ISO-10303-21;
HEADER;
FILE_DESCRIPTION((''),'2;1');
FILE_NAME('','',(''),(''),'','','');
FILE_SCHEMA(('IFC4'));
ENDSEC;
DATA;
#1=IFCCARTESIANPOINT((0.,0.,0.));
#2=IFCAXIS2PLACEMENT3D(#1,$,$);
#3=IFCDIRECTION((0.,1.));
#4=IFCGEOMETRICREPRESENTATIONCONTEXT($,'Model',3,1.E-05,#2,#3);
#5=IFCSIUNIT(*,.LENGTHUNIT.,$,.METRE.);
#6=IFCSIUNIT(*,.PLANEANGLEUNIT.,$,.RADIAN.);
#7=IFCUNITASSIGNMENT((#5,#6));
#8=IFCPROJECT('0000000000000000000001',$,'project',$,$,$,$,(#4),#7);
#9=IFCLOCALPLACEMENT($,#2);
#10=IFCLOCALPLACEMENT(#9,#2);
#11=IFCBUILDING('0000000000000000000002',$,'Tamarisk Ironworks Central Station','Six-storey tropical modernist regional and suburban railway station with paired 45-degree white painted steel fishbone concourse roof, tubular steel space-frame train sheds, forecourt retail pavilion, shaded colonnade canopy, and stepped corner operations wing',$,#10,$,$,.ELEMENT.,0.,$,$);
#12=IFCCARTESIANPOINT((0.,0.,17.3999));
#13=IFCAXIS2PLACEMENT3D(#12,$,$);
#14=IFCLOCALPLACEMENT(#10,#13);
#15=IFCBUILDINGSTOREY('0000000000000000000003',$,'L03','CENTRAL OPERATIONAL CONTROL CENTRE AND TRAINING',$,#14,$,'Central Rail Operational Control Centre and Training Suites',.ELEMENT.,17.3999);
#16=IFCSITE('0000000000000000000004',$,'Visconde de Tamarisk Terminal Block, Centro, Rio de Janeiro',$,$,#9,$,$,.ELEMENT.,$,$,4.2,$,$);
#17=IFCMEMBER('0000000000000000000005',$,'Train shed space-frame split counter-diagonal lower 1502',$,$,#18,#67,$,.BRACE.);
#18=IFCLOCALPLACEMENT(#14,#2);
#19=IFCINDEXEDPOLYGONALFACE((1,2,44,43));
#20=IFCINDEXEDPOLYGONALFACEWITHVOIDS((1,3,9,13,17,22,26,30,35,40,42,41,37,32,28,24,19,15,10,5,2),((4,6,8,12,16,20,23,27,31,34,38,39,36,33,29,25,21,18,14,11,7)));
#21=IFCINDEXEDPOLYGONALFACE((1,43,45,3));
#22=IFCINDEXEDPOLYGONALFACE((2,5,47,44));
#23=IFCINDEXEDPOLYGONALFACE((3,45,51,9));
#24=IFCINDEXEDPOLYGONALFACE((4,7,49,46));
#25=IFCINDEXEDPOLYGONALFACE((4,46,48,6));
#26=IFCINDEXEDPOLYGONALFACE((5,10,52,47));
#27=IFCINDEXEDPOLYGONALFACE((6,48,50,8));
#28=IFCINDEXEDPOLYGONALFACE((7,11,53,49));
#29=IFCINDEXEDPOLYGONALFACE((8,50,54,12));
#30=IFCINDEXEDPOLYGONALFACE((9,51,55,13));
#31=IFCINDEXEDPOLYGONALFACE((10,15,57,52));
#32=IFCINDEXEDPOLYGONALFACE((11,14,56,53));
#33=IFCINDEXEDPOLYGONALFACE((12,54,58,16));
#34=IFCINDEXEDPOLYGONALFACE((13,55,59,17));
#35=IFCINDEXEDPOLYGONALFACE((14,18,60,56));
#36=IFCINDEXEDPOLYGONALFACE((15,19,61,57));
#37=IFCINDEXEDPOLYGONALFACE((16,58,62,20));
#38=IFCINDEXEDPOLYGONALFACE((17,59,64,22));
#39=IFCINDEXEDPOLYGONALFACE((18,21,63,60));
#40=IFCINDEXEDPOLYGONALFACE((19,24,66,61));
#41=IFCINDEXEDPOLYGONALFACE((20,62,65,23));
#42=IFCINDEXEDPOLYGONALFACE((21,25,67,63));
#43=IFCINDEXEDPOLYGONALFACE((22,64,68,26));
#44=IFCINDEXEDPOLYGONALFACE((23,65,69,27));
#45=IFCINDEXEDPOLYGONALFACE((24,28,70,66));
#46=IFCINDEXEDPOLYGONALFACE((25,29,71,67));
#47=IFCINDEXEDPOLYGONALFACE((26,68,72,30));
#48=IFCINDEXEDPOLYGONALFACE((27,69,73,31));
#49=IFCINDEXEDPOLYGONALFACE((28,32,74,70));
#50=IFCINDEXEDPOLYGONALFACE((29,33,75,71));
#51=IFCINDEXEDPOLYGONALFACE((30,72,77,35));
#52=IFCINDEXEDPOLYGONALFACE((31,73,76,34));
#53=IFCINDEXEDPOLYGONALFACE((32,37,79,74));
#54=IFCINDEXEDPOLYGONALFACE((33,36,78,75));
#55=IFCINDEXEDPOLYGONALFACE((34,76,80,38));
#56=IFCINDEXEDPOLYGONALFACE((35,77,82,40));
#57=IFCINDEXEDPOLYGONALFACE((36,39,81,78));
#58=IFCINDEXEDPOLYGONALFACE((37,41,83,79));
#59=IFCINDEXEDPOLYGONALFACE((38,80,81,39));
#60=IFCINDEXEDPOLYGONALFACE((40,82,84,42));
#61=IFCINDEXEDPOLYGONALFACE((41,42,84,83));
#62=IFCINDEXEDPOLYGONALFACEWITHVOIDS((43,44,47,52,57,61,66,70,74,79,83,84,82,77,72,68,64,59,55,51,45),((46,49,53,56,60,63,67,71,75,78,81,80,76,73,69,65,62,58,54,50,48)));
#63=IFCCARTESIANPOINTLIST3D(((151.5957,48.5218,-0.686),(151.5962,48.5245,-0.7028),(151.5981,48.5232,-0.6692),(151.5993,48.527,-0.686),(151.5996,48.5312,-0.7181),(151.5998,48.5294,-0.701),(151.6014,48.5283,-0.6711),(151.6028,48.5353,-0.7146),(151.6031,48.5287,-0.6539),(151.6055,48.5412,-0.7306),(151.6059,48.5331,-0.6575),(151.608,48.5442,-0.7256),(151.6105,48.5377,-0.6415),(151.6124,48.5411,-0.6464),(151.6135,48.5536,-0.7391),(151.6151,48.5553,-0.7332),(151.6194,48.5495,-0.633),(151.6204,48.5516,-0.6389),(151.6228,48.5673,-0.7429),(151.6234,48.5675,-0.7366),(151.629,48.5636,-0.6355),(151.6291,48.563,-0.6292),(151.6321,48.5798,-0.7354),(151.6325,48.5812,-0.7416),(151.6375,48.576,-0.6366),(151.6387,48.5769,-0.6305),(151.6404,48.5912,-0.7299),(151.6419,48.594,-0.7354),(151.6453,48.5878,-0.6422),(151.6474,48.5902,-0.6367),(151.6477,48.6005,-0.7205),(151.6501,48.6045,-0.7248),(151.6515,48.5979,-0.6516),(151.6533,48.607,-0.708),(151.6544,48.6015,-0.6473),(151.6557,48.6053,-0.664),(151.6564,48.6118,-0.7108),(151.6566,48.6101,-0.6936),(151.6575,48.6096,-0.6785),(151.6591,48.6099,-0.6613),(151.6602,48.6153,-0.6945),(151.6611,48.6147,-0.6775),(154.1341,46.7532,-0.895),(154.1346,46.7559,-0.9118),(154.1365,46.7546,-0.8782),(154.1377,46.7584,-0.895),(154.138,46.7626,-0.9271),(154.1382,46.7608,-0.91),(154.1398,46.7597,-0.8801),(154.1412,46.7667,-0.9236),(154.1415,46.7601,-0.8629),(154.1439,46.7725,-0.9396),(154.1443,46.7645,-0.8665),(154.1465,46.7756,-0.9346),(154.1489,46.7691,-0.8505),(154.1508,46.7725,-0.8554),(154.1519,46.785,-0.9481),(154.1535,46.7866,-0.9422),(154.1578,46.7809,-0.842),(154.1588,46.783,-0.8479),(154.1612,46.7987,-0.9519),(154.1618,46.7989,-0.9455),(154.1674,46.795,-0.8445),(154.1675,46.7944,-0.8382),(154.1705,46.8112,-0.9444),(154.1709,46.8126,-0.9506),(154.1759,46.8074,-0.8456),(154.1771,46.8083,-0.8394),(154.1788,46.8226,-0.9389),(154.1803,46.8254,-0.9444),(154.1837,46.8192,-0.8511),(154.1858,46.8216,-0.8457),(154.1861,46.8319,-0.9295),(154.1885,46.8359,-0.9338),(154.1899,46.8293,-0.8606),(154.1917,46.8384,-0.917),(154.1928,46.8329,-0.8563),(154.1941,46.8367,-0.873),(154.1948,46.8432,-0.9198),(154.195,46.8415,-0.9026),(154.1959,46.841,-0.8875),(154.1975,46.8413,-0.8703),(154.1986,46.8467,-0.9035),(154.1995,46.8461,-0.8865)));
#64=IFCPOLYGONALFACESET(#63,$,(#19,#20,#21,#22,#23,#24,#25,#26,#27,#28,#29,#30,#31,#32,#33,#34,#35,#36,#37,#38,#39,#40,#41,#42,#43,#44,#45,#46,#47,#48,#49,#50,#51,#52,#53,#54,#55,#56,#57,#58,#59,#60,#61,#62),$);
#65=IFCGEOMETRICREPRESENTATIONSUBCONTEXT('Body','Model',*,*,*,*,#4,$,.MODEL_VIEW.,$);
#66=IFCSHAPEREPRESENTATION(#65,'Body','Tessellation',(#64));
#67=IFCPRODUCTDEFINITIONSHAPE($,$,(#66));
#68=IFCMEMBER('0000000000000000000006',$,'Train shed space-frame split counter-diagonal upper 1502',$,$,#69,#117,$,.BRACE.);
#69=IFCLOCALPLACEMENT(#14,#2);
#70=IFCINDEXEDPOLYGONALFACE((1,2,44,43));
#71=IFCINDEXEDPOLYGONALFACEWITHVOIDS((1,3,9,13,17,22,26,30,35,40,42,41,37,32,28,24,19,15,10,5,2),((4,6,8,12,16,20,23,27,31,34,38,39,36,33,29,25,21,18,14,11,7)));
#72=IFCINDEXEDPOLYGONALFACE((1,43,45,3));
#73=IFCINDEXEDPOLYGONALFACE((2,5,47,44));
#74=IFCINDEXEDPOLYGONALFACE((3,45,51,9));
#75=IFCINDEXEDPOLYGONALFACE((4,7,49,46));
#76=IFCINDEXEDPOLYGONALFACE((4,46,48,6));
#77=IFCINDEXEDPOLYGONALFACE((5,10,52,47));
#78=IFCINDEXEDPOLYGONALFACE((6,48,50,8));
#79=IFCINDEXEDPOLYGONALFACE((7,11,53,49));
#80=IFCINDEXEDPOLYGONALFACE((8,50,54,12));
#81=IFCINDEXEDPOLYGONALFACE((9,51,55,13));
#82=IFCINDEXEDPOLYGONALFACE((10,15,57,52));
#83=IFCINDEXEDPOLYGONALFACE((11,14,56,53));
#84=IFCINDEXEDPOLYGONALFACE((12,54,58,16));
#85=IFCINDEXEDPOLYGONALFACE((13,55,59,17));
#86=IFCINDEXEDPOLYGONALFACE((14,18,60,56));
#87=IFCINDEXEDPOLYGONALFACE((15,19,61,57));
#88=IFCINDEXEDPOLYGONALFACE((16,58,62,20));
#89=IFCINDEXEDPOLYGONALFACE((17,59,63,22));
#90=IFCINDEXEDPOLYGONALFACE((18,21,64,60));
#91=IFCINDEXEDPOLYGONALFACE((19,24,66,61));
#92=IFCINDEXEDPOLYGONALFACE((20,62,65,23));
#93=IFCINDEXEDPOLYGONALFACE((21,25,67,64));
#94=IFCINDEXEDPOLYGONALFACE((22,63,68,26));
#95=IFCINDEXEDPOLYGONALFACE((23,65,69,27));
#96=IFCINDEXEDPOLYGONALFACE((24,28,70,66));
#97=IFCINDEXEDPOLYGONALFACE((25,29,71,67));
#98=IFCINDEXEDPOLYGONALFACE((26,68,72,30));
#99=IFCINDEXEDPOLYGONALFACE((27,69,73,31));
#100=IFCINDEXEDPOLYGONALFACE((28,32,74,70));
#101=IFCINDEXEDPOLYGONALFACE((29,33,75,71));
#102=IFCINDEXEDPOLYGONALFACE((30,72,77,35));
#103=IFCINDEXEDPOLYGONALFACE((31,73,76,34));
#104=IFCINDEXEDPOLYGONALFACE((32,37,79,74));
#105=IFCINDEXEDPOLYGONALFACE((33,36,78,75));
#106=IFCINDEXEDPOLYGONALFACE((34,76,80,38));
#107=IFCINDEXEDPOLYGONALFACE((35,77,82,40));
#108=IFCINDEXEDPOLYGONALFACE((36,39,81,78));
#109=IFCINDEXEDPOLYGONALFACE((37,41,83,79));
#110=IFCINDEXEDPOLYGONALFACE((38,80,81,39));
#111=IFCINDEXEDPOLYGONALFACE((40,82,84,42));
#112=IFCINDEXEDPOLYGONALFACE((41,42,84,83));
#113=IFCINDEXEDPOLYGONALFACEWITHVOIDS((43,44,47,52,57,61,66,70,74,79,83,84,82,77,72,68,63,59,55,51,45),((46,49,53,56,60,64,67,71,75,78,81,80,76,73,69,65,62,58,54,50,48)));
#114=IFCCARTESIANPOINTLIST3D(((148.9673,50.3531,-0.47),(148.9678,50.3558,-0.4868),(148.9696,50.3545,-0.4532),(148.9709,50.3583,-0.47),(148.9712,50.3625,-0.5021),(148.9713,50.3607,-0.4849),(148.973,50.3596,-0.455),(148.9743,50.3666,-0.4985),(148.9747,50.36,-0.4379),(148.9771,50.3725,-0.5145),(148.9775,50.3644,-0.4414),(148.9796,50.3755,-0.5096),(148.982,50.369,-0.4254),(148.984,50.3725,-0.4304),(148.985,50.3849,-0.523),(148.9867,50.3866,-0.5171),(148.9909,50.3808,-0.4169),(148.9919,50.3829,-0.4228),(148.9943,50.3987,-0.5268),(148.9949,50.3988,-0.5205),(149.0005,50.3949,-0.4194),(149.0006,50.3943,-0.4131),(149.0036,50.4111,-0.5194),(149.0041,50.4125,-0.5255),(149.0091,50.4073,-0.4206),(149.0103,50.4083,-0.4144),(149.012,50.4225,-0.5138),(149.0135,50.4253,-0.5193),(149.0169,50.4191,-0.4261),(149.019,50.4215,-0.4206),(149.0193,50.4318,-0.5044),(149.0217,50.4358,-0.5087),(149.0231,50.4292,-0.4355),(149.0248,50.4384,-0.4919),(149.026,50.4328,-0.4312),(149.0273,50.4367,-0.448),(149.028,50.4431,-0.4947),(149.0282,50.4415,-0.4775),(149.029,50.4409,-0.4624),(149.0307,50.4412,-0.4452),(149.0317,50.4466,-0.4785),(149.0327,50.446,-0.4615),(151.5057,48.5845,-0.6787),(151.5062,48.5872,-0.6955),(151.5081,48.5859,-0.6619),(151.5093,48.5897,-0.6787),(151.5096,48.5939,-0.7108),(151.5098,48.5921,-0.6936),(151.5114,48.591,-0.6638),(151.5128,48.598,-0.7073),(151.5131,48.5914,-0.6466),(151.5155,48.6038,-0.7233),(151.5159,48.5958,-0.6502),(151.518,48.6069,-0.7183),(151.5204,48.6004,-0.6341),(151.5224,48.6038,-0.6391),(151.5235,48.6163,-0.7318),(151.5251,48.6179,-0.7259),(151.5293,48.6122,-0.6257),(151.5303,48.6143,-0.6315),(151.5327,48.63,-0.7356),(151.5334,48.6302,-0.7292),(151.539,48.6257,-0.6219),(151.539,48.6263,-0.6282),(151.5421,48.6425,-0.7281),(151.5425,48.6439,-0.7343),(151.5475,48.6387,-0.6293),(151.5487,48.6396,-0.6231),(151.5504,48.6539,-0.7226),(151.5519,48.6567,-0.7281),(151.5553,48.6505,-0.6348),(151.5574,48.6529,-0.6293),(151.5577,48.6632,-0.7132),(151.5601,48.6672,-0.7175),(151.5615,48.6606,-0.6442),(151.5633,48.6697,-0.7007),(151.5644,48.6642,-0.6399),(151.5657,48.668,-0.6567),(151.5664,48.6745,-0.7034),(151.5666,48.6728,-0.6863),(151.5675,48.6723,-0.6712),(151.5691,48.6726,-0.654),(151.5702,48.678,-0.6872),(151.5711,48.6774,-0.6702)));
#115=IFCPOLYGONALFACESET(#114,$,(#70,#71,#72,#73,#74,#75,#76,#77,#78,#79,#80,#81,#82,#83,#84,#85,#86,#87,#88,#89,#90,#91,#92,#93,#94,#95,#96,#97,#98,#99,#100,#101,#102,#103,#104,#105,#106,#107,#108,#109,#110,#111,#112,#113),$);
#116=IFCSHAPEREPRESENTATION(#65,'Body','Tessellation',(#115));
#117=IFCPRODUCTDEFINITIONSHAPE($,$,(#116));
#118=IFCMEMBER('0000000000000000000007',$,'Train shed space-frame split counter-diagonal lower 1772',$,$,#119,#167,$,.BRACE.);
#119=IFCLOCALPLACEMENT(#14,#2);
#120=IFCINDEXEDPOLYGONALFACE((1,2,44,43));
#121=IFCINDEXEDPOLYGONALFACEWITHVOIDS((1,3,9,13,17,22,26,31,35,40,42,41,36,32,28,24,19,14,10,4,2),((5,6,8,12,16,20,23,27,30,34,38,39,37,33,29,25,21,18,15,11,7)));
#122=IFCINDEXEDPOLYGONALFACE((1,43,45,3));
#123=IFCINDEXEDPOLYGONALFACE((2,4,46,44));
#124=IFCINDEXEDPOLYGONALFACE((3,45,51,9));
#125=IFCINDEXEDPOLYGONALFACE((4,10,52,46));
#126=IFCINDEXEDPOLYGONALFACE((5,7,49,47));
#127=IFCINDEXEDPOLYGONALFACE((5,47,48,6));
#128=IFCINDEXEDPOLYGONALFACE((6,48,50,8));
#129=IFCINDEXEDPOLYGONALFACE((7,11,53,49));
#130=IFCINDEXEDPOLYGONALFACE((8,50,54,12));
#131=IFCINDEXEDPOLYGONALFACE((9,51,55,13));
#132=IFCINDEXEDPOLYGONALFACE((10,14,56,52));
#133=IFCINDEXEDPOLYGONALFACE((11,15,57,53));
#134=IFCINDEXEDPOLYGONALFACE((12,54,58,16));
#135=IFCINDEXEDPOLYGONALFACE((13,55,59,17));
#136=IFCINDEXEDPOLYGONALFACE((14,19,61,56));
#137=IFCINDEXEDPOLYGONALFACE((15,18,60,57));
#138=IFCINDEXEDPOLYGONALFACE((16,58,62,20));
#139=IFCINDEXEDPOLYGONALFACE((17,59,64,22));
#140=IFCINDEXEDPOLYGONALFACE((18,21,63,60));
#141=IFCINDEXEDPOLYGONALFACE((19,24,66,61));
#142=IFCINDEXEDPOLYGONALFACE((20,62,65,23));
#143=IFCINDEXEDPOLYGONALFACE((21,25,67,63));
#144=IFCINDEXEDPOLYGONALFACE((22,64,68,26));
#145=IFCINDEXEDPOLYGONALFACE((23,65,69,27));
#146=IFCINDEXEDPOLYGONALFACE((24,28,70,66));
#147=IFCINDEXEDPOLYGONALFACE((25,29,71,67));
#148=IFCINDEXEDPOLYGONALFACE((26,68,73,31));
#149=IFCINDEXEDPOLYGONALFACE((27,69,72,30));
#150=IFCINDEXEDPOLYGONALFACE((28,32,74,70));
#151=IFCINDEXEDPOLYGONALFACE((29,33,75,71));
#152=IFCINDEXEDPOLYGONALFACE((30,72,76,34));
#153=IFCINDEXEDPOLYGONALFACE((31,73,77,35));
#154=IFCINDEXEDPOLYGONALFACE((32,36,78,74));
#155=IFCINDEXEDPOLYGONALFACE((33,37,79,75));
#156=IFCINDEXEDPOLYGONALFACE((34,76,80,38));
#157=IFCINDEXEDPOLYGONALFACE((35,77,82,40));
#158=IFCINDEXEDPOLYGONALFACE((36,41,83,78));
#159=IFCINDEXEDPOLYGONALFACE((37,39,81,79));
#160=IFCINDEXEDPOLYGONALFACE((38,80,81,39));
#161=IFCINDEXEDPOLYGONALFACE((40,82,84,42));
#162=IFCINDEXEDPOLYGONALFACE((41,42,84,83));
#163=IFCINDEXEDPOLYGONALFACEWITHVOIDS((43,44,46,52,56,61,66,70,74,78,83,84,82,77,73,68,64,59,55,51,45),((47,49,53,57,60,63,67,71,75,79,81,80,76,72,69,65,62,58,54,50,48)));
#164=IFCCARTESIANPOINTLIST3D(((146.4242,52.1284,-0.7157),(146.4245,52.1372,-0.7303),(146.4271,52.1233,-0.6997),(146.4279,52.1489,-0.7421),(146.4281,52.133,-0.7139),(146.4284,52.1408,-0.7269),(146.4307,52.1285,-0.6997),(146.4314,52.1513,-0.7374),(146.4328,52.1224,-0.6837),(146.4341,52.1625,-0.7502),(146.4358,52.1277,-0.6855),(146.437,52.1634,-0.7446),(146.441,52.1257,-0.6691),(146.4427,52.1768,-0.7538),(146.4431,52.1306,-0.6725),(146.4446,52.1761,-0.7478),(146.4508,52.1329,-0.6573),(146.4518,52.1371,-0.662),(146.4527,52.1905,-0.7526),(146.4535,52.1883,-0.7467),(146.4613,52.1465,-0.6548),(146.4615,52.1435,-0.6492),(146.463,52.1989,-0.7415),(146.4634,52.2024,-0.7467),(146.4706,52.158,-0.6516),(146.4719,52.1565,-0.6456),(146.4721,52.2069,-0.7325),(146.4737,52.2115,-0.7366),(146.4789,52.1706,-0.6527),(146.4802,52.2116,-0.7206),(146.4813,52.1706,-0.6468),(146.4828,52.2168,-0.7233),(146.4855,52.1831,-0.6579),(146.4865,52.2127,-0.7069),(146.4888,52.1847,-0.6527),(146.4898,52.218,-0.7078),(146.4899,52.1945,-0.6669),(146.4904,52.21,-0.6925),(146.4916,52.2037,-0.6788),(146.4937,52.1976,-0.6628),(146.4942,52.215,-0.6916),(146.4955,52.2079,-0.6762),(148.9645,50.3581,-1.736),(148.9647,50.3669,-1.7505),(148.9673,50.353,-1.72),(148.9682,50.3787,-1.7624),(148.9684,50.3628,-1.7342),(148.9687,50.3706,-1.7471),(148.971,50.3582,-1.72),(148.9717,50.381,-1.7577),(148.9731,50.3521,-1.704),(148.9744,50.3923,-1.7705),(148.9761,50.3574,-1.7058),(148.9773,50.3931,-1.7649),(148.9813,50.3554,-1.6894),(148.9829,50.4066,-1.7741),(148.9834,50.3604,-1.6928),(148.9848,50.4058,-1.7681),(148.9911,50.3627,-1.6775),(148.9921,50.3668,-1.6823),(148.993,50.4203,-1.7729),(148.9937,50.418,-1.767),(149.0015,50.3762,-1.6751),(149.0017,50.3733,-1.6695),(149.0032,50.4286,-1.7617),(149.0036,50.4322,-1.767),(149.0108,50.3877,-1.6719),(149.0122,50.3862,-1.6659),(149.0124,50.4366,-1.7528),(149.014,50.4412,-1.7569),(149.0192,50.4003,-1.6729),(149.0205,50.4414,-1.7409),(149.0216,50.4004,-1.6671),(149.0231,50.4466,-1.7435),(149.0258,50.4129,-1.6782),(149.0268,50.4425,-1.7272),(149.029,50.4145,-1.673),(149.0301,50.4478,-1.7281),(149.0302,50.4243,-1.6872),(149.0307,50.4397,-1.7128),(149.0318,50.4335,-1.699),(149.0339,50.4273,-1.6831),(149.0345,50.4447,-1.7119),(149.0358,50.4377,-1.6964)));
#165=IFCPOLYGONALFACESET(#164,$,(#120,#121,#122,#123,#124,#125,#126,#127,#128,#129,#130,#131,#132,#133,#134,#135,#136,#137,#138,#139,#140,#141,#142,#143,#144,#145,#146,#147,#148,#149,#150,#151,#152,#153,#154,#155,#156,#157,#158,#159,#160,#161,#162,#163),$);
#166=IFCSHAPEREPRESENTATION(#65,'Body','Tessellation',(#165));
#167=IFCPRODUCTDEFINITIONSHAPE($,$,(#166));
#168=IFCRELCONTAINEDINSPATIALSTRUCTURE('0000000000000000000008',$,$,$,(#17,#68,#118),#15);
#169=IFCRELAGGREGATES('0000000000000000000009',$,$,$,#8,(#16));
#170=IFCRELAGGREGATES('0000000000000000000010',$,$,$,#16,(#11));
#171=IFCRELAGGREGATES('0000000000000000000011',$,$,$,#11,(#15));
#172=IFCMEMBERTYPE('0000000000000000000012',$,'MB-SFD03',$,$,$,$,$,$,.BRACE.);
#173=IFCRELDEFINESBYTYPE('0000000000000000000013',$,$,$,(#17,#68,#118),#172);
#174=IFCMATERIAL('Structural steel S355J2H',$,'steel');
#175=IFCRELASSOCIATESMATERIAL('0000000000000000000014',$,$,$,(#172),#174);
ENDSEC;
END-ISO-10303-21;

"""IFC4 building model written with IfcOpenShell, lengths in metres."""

from ifc_helpers import new_model, si_unit, direction, frame, origin, origin_2d, place, context, subcontext, project, spatial, hollow_circle, extrude, material, material_profile, profile_set, type_object, element, save


model = new_model("IFC4")

# Units and contexts
model_context = context("Model", 3, precision=1e-05, world=origin(), true_north=direction((0.0, 1.0)))
body_context = subcontext(model_context, "Body", "Model", "MODEL_VIEW")
ifc_project = project(units=[si_unit("LENGTHUNIT", "METRE"), si_unit("PLANEANGLEUNIT", "RADIAN")], contexts=[model_context])

# Site, building, storey
site_placement = place(None, origin())
site = spatial("IfcSite", under=ifc_project, at=site_placement, Name="Visconde de Tamarisk Terminal Block, Centro, Rio de Janeiro", CompositionType="ELEMENT", RefElevation=4.2)
building_placement = place(site_placement, origin())
building = spatial("IfcBuilding", under=site, at=building_placement, Name="Tamarisk Ironworks Central Station", Description="Six-storey tropical modernist regional and suburban railway station with paired 45-degree white painted steel fishbone concourse roof, tubular steel space-frame train sheds, forecourt retail pavilion, shaded colonnade canopy, and stepped corner operations wing", CompositionType="ELEMENT", ElevationOfRefHeight=0.0)
storey_placement = place(building_placement, frame((0.0, 0.0, 17.3999)))
storey = spatial("IfcBuildingStorey", under=building, at=storey_placement, Name="L03", Description="CENTRAL OPERATIONAL CONTROL CENTRE AND TRAINING", LongName="Central Rail Operational Control Centre and Training Suites", CompositionType="ELEMENT", Elevation=17.3999)

# Members
ifc_material_1 = material(Name="Structural steel S355J2H", Category="steel")
ifc_material_profile_1 = material_profile(ifc_material_1, hollow_circle(Radius=0.0571, WallThickness=0.0063, at=origin_2d()), Name="CHS 114.3x6.3")
ifc_profile_set_1 = profile_set([ifc_material_profile_1], Name="Structural steel S355J2H")
member_type_1 = type_object("IfcMemberType", Name="MB-SFD03", PredefinedType="BRACE", material=ifc_profile_set_1)
for number, where, z_axis, x_axis, name in (
    (1, (154.1667, 46.8, -0.895), (-0.818621, 0.570366, 0.067398), (-0.571666, -0.820487, 0.0), "Train shed space-frame split counter-diagonal lower 1502"),
    (2, (151.5383, 48.6313, -0.6787), (-0.818625, 0.570369, 0.06732), (-0.571666, -0.820487, 0.0), "Train shed space-frame split counter-diagonal upper 1502"),
):
    element("IfcMember", number, at=place(storey_placement, frame(where, z_axis=z_axis, x_axis=x_axis)), inside=storey, type_object=member_type_1, Name=name, PredefinedType="BRACE", context=body_context, shape_type="SweptSolid", body=[
        extrude(hollow_circle(Radius=0.0571, WallThickness=0.0063, at=origin_2d()), origin(), (0.0, 0.0, 1.0), 3.1008),
    ])
for number, where, z_axis, x_axis, name in (
    (3, (149.0, 50.3999, -1.72), (-0.77922, 0.54302, 0.312961), (-0.571741, -0.820434, 0.0), "Train shed space-frame split counter-diagonal lower 1772"),
):
    element("IfcMember", number, at=place(storey_placement, frame(where, z_axis=z_axis, x_axis=x_axis)), inside=storey, type_object=member_type_1, Name=name, PredefinedType="BRACE", context=body_context, shape_type="SweptSolid", body=[
        extrude(hollow_circle(Radius=0.0571, WallThickness=0.0063, at=origin_2d()), origin(), (0.0, 0.0, 1.0), 3.26),
    ])

save(model, "model.ifc")
